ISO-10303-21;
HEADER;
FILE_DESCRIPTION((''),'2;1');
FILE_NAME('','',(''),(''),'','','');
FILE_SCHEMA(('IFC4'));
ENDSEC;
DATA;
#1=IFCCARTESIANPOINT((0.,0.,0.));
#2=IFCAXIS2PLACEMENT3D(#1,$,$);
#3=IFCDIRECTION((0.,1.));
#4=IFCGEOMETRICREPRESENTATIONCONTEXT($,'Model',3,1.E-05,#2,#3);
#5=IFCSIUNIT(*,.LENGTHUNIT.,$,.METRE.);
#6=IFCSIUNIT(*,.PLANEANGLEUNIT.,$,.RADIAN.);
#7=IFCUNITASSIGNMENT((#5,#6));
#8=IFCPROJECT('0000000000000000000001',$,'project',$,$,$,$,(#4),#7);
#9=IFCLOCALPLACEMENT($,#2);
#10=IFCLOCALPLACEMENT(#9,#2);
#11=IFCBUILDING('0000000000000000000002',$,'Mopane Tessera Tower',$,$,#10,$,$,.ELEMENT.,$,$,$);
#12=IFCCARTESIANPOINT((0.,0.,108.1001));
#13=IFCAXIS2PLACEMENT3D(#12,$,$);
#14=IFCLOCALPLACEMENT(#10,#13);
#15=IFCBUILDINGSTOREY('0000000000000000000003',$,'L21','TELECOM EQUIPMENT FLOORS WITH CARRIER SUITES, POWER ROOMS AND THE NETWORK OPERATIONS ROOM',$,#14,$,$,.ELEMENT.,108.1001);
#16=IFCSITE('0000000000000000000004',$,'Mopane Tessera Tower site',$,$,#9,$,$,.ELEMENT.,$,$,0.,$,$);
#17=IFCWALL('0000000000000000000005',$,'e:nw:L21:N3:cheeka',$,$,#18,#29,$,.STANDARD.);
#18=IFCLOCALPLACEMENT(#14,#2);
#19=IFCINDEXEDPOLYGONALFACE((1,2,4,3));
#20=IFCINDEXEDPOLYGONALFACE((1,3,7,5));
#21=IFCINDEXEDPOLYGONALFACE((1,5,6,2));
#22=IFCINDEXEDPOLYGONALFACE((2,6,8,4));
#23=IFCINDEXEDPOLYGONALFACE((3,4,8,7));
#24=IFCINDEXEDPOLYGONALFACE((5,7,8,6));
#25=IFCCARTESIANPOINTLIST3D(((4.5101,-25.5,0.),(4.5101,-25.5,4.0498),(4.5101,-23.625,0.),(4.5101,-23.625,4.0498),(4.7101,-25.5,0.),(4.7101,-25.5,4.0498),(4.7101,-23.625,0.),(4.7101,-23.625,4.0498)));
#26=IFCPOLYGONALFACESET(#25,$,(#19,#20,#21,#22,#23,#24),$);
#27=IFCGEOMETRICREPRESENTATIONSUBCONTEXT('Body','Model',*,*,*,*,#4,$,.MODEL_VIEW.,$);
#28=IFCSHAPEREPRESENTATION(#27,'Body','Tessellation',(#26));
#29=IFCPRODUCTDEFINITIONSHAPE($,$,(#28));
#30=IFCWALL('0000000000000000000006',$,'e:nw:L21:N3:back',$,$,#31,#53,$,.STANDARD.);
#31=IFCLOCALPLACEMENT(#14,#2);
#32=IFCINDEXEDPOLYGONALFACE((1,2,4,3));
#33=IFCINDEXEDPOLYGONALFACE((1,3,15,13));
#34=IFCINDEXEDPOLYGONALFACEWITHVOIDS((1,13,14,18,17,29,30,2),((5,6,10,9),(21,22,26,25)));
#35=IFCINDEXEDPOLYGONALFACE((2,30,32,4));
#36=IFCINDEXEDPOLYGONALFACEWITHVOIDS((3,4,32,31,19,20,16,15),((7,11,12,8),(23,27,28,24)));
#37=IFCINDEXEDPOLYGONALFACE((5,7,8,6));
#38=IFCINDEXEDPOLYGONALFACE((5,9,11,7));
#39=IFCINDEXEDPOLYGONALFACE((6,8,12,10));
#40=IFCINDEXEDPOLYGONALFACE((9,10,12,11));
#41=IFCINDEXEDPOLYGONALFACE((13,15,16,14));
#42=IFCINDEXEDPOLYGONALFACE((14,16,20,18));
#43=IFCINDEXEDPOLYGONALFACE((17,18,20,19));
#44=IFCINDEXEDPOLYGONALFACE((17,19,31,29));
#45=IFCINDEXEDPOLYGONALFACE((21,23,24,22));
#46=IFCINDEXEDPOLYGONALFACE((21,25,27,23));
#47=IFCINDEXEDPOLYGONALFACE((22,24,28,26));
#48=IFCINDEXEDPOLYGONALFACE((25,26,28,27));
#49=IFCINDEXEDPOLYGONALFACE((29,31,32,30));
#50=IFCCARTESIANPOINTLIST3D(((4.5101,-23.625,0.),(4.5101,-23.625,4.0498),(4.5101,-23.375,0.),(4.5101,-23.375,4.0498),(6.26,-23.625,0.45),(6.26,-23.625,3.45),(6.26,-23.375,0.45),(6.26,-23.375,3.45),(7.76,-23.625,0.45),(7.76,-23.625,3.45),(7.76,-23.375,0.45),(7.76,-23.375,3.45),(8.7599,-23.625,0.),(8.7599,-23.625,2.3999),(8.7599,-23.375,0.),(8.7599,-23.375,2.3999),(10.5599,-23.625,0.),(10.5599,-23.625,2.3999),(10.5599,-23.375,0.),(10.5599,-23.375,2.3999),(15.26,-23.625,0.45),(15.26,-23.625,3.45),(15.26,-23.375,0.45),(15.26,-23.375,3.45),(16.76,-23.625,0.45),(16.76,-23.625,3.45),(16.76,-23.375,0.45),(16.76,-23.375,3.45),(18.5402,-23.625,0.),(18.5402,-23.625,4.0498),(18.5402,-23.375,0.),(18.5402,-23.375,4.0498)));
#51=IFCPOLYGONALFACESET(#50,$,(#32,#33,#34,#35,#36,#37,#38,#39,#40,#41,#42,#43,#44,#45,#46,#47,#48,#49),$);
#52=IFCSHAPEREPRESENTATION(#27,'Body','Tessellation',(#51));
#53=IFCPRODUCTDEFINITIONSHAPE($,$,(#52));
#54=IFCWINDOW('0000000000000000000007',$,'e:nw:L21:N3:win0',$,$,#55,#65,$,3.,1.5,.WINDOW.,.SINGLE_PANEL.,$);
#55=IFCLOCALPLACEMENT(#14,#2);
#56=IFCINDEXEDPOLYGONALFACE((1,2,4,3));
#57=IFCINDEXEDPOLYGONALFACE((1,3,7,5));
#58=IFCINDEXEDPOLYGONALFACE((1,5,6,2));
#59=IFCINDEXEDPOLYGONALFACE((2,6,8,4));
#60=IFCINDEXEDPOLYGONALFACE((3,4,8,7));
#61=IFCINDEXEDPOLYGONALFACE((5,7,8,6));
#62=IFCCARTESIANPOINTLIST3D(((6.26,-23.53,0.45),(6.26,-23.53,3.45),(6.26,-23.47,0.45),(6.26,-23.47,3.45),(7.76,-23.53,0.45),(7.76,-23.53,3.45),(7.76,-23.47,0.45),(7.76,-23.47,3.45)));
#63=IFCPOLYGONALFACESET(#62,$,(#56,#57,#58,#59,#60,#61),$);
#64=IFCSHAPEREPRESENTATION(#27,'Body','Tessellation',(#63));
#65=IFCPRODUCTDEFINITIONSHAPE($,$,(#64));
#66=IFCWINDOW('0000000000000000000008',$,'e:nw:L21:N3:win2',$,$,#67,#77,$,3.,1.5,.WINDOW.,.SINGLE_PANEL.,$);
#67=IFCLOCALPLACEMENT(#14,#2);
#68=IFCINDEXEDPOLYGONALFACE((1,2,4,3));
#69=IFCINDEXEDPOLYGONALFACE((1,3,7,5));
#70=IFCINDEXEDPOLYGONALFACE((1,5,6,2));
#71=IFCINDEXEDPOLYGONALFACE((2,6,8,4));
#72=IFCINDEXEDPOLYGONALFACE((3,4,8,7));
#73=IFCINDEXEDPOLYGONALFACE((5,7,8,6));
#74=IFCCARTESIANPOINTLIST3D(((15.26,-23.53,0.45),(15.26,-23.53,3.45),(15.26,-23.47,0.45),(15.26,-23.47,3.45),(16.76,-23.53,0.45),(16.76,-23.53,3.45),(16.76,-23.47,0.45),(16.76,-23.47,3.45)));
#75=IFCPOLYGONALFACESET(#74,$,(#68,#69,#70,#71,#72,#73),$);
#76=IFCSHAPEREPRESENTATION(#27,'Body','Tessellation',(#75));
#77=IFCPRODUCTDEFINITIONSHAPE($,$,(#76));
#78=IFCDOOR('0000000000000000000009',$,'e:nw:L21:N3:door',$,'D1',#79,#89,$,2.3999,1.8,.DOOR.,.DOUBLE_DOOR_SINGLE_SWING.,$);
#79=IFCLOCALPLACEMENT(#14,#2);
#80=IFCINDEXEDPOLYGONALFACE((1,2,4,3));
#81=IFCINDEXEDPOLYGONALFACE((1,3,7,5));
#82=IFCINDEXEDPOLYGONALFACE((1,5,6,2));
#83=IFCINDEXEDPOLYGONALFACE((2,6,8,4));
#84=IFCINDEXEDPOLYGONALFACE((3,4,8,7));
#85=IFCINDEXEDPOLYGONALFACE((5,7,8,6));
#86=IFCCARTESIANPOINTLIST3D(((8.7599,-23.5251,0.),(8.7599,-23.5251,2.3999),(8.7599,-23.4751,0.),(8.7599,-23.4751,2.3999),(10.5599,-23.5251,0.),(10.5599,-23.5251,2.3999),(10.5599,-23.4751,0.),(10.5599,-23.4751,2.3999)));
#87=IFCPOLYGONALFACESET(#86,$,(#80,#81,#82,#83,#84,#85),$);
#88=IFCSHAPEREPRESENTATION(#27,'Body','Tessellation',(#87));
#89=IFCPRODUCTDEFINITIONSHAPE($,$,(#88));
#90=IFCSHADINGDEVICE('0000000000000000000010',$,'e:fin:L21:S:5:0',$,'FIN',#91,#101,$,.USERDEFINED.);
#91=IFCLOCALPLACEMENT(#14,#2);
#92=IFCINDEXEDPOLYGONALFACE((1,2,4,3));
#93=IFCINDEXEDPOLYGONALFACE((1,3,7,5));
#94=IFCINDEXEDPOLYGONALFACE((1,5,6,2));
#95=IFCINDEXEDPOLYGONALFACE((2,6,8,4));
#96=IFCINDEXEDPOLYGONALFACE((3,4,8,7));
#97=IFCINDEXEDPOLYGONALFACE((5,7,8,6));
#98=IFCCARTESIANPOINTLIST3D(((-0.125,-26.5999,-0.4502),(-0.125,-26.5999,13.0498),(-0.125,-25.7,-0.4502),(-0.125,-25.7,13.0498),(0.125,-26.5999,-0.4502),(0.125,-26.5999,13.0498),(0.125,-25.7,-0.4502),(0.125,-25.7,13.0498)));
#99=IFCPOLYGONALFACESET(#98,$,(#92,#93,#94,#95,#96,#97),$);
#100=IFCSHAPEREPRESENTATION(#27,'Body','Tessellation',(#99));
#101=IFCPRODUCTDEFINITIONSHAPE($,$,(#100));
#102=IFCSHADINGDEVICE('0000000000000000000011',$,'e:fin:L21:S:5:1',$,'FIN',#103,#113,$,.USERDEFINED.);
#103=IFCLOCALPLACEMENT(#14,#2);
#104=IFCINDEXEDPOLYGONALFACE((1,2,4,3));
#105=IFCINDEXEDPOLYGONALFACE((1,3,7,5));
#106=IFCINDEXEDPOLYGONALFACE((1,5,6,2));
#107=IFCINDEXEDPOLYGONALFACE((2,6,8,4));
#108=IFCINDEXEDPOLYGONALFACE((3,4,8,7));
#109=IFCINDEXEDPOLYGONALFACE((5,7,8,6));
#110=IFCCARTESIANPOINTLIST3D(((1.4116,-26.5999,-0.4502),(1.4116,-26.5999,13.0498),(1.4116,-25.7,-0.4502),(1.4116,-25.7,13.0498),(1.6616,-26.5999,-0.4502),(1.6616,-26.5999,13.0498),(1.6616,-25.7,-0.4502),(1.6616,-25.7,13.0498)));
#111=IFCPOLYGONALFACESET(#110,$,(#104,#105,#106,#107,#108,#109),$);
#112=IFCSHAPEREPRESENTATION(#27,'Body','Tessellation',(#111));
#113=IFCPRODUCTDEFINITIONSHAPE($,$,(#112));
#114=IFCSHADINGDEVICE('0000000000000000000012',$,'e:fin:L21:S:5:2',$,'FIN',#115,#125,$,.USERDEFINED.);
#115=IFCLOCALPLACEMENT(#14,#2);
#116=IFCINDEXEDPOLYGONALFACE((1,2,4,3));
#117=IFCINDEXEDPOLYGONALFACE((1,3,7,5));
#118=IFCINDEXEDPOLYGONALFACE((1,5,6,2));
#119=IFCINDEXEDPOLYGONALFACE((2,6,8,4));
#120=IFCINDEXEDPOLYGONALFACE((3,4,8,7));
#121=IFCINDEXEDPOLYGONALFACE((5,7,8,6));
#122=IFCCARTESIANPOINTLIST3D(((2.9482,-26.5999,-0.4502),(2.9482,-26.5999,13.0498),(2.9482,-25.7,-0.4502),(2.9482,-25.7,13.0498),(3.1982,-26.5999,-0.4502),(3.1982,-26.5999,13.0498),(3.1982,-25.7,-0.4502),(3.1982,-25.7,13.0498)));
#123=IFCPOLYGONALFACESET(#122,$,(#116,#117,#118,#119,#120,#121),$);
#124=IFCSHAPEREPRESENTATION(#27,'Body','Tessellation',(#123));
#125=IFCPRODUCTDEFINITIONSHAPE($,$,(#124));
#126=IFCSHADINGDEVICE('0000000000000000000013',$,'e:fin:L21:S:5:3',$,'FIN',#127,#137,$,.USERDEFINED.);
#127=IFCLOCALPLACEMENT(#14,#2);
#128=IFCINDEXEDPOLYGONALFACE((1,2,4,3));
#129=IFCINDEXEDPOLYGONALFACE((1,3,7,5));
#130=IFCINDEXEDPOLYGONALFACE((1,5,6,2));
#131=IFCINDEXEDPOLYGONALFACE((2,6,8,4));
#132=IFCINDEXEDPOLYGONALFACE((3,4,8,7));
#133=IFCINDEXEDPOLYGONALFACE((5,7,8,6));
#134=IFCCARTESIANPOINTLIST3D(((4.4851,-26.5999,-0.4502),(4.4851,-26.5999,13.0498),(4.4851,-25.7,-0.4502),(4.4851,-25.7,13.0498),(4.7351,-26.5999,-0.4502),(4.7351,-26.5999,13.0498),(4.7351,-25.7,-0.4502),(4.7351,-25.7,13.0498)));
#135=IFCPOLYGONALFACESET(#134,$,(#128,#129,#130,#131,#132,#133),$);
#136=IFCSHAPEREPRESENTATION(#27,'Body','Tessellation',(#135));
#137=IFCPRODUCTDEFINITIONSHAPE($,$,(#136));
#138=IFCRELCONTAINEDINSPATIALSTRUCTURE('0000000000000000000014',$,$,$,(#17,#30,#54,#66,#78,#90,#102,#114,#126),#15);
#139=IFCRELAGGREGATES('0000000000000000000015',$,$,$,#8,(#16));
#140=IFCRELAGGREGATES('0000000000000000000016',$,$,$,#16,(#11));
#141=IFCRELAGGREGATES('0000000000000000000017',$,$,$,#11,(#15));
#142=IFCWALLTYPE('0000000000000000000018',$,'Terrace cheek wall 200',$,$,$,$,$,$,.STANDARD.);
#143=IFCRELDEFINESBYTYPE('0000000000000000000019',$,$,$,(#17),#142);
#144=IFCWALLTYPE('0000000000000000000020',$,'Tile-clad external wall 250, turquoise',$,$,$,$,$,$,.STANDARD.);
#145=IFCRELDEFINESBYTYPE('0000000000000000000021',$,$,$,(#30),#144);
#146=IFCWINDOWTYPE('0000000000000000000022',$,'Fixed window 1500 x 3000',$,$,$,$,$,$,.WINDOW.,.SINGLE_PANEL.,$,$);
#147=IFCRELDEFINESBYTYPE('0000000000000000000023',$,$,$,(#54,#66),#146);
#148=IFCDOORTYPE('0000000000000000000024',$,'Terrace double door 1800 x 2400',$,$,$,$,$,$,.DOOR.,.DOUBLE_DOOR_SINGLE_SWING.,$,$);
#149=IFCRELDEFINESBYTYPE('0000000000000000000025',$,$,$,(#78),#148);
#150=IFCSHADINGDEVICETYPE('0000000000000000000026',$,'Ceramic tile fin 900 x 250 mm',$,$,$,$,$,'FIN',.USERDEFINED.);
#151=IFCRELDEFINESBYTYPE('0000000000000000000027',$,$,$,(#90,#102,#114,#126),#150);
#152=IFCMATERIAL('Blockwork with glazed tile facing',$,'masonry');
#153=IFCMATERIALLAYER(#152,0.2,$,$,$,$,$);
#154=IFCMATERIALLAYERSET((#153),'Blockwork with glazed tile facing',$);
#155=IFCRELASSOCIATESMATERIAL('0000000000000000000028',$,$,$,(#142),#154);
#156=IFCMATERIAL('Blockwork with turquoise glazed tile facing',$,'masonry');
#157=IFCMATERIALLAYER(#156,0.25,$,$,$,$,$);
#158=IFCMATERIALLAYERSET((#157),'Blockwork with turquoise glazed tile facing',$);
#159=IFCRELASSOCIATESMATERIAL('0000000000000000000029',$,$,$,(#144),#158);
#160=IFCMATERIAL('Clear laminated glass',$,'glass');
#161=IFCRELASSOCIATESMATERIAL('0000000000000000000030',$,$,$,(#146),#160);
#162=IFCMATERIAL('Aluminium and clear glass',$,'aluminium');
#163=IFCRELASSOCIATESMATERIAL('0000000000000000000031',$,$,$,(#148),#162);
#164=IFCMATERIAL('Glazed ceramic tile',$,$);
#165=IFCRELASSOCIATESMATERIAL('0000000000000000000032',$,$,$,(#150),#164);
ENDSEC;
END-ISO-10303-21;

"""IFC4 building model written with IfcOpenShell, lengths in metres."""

from ifc_helpers import new_model, si_unit, direction, frame, frame_2d, origin, origin_2d, place, context, subcontext, project, spatial, rectangle, extrude, material, layer, layer_set, type_object, element, fill, save


model = new_model("IFC4")

# Units and contexts
model_context = context("Model", 3, precision=1e-05, world=origin(), true_north=direction((0.0, 1.0)))
body_context = subcontext(model_context, "Body", "Model", "MODEL_VIEW")
ifc_project = project(units=[si_unit("LENGTHUNIT", "METRE"), si_unit("PLANEANGLEUNIT", "RADIAN")], contexts=[model_context])

# Site, building, storey
site_placement = place(None, origin())
site = spatial("IfcSite", under=ifc_project, at=site_placement, Name="Mopane Tessera Tower site", CompositionType="ELEMENT", RefElevation=0.0)
building_placement = place(site_placement, origin())
building = spatial("IfcBuilding", under=site, at=building_placement, Name="Mopane Tessera Tower", CompositionType="ELEMENT")
storey_placement = place(building_placement, frame((0.0, 0.0, 108.1001)))
storey = spatial("IfcBuildingStorey", under=building, at=storey_placement, Name="L21", Description="TELECOM EQUIPMENT FLOORS WITH CARRIER SUITES, POWER ROOMS AND THE NETWORK OPERATIONS ROOM", CompositionType="ELEMENT", Elevation=108.1001)

# Wall
ifc_material_1 = material(Name="Blockwork with glazed tile facing", Category="masonry")
ifc_layer_1 = layer(ifc_material_1, 0.2)
ifc_layer_set_1 = layer_set([ifc_layer_1], Name="Blockwork with glazed tile facing")
wall_type_1 = type_object("IfcWallType", Name="Terrace cheek wall 200", PredefinedType="STANDARD", material=ifc_layer_set_1)
wall_1_placement = place(storey_placement, frame((4.6101, -25.5, 0.0), z_axis=(0.0, 0.0, 1.0), x_axis=(0.0, 1.0, 0.0)))
element("IfcWall", 1, at=wall_1_placement, inside=storey, type_object=wall_type_1, Name="e:nw:L21:N3:cheeka", PredefinedType="STANDARD", context=body_context, shape_type="SweptSolid", body=[
    extrude(rectangle(XDim=1.875, YDim=0.2, at=frame_2d((0.9375, 0.0))), origin(), (0.0, 0.0, 1.0), 4.0498),
])

# Wall, openings, windows, door
ifc_material_2 = material(Name="Blockwork with turquoise glazed tile facing", Category="masonry")
ifc_layer_2 = layer(ifc_material_2, 0.25)
ifc_layer_set_2 = layer_set([ifc_layer_2], Name="Blockwork with turquoise glazed tile facing")
wall_type_2 = type_object("IfcWallType", Name="Tile-clad external wall 250, turquoise", PredefinedType="STANDARD", material=ifc_layer_set_2)
wall_2_placement = place(storey_placement, frame((4.51, -23.5, 0.0), z_axis=(0.0, 0.0, 1.0), x_axis=(1.0, 0.0, 0.0)))
wall_2 = element("IfcWall", 2, at=wall_2_placement, inside=storey, type_object=wall_type_2, Name="e:nw:L21:N3:back", PredefinedType="STANDARD", context=body_context, shape_type="SweptSolid", body=[
    extrude(rectangle(XDim=14.03, YDim=0.25, at=frame_2d((7.0151, 0.0))), origin(), (0.0, 0.0, 1.0), 4.0498),
])
opening_1_placement = place(wall_2_placement, frame((1.75, 0.0, 0.45)))
opening_1 = element("IfcOpeningElement", 3, at=opening_1_placement, cuts=wall_2, PredefinedType="OPENING", context=body_context, shape_type="SweptSolid", body=[
    extrude(rectangle(XDim=1.5, YDim=3.0, at=frame_2d((0.75, 1.5))), frame((0.0, 0.137, 0.0), z_axis=(0.0, -1.0, 0.0), x_axis=(1.0, 0.0, 0.0)), (0.0, 0.0, 1.0), 0.2739),
])
opening_2_placement = place(wall_2_placement, frame((4.25, 0.0, 0.0)))
opening_2 = element("IfcOpeningElement", 4, at=opening_2_placement, cuts=wall_2, PredefinedType="OPENING", context=body_context, shape_type="SweptSolid", body=[
    extrude(rectangle(XDim=1.8, YDim=2.3999, at=frame_2d((0.8999, 1.2))), frame((0.0, 0.137, 0.0), z_axis=(0.0, -1.0, 0.0), x_axis=(1.0, 0.0, 0.0)), (0.0, 0.0, 1.0), 0.2739),
])
opening_3_placement = place(wall_2_placement, frame((10.75, 0.0, 0.45)))
opening_3 = element("IfcOpeningElement", 5, at=opening_3_placement, cuts=wall_2, PredefinedType="OPENING", context=body_context, shape_type="SweptSolid", body=[
    extrude(rectangle(XDim=1.5, YDim=3.0, at=frame_2d((0.75, 1.5))), frame((0.0, 0.137, 0.0), z_axis=(0.0, -1.0, 0.0), x_axis=(1.0, 0.0, 0.0)), (0.0, 0.0, 1.0), 0.2739),
])
ifc_material_3 = material(Name="Clear laminated glass", Category="glass")
window_type = type_object("IfcWindowType", Name="Fixed window 1500 x 3000", PartitioningType="SINGLE_PANEL", PredefinedType="WINDOW", material=ifc_material_3)
window_1_placement = place(opening_1_placement, origin())
window_1 = element("IfcWindow", 6, at=window_1_placement, inside=storey, type_object=window_type, Name="e:nw:L21:N3:win0", OverallHeight=3.0, OverallWidth=1.5, PartitioningType="SINGLE_PANEL", PredefinedType="WINDOW", context=body_context, shape_type="SweptSolid", body=[
    extrude(rectangle(XDim=1.5, YDim=3.0, at=frame_2d((0.75, 1.5))), frame((0.0, 0.03, 0.0), z_axis=(0.0, -1.0, 0.0), x_axis=(1.0, 0.0, 0.0)), (0.0, 0.0, 1.0), 0.0601),
])
fill(opening_1, window_1)
window_2_placement = place(opening_3_placement, origin())
window_2 = element("IfcWindow", 7, at=window_2_placement, inside=storey, type_object=window_type, Name="e:nw:L21:N3:win2", OverallHeight=3.0, OverallWidth=1.5, PartitioningType="SINGLE_PANEL", PredefinedType="WINDOW", context=body_context, shape_type="SweptSolid", body=[
    extrude(rectangle(XDim=1.5, YDim=3.0, at=frame_2d((0.75, 1.5))), frame((0.0, 0.03, 0.0), z_axis=(0.0, -1.0, 0.0), x_axis=(1.0, 0.0, 0.0)), (0.0, 0.0, 1.0), 0.0601),
])
fill(opening_3, window_2)
ifc_material_4 = material(Name="Aluminium and clear glass", Category="aluminium")
door_type_1 = type_object("IfcDoorType", Name="Terrace double door 1800 x 2400", OperationType="DOUBLE_DOOR_SINGLE_SWING", PredefinedType="DOOR", material=ifc_material_4)
door_1_placement = place(opening_2_placement, origin())
door_1 = element("IfcDoor", 8, at=door_1_placement, inside=storey, type_object=door_type_1, Name="e:nw:L21:N3:door", ObjectType="D1", OperationType="DOUBLE_DOOR_SINGLE_SWING", OverallHeight=2.3999, OverallWidth=1.8, PredefinedType="DOOR", context=body_context, shape_type="SweptSolid", body=[
    extrude(rectangle(XDim=1.8, YDim=2.3999, at=frame_2d((0.8999, 1.2))), frame((0.0, 0.0249, 0.0), z_axis=(0.0, -1.0, 0.0), x_axis=(1.0, 0.0, 0.0)), (0.0, 0.0, 1.0), 0.05),
])
fill(opening_2, door_1)

# Shading devices
ifc_material_5 = material(Name="Glazed ceramic tile")
shading_device_type = type_object("IfcShadingDeviceType", Name="Ceramic tile fin 900 x 250 mm", ElementType="FIN", PredefinedType="USERDEFINED", material=ifc_material_5)
for number, where, z_axis, x_axis, name in (
    (9, (0.0, -26.1499, -0.4502), (0.0, 0.0, 1.0), (1.0, 0.0, 0.0), "e:fin:L21:S:5:0"),
    (10, (1.5366, -26.1499, -0.4502), (0.0, 0.0, 1.0), (1.0, 0.0, 0.0), "e:fin:L21:S:5:1"),
    (11, (3.0732, -26.1499, -0.4502), (0.0, 0.0, 1.0), (1.0, 0.0, 0.0), "e:fin:L21:S:5:2"),
    (12, (4.6101, -26.1499, -0.4502), (0.0, 0.0, 1.0), (1.0, 0.0, 0.0), "e:fin:L21:S:5:3"),
):
    element("IfcShadingDevice", number, at=place(storey_placement, frame(where, z_axis=z_axis, x_axis=x_axis)), inside=storey, type_object=shading_device_type, Name=name, ObjectType="FIN", PredefinedType="USERDEFINED", context=body_context, shape_type="SweptSolid", body=[
        extrude(rectangle(XDim=0.25, YDim=0.8999, at=origin_2d()), origin(), (0.0, 0.0, 1.0), 13.5),
    ])

save(model, "model.ifc")
